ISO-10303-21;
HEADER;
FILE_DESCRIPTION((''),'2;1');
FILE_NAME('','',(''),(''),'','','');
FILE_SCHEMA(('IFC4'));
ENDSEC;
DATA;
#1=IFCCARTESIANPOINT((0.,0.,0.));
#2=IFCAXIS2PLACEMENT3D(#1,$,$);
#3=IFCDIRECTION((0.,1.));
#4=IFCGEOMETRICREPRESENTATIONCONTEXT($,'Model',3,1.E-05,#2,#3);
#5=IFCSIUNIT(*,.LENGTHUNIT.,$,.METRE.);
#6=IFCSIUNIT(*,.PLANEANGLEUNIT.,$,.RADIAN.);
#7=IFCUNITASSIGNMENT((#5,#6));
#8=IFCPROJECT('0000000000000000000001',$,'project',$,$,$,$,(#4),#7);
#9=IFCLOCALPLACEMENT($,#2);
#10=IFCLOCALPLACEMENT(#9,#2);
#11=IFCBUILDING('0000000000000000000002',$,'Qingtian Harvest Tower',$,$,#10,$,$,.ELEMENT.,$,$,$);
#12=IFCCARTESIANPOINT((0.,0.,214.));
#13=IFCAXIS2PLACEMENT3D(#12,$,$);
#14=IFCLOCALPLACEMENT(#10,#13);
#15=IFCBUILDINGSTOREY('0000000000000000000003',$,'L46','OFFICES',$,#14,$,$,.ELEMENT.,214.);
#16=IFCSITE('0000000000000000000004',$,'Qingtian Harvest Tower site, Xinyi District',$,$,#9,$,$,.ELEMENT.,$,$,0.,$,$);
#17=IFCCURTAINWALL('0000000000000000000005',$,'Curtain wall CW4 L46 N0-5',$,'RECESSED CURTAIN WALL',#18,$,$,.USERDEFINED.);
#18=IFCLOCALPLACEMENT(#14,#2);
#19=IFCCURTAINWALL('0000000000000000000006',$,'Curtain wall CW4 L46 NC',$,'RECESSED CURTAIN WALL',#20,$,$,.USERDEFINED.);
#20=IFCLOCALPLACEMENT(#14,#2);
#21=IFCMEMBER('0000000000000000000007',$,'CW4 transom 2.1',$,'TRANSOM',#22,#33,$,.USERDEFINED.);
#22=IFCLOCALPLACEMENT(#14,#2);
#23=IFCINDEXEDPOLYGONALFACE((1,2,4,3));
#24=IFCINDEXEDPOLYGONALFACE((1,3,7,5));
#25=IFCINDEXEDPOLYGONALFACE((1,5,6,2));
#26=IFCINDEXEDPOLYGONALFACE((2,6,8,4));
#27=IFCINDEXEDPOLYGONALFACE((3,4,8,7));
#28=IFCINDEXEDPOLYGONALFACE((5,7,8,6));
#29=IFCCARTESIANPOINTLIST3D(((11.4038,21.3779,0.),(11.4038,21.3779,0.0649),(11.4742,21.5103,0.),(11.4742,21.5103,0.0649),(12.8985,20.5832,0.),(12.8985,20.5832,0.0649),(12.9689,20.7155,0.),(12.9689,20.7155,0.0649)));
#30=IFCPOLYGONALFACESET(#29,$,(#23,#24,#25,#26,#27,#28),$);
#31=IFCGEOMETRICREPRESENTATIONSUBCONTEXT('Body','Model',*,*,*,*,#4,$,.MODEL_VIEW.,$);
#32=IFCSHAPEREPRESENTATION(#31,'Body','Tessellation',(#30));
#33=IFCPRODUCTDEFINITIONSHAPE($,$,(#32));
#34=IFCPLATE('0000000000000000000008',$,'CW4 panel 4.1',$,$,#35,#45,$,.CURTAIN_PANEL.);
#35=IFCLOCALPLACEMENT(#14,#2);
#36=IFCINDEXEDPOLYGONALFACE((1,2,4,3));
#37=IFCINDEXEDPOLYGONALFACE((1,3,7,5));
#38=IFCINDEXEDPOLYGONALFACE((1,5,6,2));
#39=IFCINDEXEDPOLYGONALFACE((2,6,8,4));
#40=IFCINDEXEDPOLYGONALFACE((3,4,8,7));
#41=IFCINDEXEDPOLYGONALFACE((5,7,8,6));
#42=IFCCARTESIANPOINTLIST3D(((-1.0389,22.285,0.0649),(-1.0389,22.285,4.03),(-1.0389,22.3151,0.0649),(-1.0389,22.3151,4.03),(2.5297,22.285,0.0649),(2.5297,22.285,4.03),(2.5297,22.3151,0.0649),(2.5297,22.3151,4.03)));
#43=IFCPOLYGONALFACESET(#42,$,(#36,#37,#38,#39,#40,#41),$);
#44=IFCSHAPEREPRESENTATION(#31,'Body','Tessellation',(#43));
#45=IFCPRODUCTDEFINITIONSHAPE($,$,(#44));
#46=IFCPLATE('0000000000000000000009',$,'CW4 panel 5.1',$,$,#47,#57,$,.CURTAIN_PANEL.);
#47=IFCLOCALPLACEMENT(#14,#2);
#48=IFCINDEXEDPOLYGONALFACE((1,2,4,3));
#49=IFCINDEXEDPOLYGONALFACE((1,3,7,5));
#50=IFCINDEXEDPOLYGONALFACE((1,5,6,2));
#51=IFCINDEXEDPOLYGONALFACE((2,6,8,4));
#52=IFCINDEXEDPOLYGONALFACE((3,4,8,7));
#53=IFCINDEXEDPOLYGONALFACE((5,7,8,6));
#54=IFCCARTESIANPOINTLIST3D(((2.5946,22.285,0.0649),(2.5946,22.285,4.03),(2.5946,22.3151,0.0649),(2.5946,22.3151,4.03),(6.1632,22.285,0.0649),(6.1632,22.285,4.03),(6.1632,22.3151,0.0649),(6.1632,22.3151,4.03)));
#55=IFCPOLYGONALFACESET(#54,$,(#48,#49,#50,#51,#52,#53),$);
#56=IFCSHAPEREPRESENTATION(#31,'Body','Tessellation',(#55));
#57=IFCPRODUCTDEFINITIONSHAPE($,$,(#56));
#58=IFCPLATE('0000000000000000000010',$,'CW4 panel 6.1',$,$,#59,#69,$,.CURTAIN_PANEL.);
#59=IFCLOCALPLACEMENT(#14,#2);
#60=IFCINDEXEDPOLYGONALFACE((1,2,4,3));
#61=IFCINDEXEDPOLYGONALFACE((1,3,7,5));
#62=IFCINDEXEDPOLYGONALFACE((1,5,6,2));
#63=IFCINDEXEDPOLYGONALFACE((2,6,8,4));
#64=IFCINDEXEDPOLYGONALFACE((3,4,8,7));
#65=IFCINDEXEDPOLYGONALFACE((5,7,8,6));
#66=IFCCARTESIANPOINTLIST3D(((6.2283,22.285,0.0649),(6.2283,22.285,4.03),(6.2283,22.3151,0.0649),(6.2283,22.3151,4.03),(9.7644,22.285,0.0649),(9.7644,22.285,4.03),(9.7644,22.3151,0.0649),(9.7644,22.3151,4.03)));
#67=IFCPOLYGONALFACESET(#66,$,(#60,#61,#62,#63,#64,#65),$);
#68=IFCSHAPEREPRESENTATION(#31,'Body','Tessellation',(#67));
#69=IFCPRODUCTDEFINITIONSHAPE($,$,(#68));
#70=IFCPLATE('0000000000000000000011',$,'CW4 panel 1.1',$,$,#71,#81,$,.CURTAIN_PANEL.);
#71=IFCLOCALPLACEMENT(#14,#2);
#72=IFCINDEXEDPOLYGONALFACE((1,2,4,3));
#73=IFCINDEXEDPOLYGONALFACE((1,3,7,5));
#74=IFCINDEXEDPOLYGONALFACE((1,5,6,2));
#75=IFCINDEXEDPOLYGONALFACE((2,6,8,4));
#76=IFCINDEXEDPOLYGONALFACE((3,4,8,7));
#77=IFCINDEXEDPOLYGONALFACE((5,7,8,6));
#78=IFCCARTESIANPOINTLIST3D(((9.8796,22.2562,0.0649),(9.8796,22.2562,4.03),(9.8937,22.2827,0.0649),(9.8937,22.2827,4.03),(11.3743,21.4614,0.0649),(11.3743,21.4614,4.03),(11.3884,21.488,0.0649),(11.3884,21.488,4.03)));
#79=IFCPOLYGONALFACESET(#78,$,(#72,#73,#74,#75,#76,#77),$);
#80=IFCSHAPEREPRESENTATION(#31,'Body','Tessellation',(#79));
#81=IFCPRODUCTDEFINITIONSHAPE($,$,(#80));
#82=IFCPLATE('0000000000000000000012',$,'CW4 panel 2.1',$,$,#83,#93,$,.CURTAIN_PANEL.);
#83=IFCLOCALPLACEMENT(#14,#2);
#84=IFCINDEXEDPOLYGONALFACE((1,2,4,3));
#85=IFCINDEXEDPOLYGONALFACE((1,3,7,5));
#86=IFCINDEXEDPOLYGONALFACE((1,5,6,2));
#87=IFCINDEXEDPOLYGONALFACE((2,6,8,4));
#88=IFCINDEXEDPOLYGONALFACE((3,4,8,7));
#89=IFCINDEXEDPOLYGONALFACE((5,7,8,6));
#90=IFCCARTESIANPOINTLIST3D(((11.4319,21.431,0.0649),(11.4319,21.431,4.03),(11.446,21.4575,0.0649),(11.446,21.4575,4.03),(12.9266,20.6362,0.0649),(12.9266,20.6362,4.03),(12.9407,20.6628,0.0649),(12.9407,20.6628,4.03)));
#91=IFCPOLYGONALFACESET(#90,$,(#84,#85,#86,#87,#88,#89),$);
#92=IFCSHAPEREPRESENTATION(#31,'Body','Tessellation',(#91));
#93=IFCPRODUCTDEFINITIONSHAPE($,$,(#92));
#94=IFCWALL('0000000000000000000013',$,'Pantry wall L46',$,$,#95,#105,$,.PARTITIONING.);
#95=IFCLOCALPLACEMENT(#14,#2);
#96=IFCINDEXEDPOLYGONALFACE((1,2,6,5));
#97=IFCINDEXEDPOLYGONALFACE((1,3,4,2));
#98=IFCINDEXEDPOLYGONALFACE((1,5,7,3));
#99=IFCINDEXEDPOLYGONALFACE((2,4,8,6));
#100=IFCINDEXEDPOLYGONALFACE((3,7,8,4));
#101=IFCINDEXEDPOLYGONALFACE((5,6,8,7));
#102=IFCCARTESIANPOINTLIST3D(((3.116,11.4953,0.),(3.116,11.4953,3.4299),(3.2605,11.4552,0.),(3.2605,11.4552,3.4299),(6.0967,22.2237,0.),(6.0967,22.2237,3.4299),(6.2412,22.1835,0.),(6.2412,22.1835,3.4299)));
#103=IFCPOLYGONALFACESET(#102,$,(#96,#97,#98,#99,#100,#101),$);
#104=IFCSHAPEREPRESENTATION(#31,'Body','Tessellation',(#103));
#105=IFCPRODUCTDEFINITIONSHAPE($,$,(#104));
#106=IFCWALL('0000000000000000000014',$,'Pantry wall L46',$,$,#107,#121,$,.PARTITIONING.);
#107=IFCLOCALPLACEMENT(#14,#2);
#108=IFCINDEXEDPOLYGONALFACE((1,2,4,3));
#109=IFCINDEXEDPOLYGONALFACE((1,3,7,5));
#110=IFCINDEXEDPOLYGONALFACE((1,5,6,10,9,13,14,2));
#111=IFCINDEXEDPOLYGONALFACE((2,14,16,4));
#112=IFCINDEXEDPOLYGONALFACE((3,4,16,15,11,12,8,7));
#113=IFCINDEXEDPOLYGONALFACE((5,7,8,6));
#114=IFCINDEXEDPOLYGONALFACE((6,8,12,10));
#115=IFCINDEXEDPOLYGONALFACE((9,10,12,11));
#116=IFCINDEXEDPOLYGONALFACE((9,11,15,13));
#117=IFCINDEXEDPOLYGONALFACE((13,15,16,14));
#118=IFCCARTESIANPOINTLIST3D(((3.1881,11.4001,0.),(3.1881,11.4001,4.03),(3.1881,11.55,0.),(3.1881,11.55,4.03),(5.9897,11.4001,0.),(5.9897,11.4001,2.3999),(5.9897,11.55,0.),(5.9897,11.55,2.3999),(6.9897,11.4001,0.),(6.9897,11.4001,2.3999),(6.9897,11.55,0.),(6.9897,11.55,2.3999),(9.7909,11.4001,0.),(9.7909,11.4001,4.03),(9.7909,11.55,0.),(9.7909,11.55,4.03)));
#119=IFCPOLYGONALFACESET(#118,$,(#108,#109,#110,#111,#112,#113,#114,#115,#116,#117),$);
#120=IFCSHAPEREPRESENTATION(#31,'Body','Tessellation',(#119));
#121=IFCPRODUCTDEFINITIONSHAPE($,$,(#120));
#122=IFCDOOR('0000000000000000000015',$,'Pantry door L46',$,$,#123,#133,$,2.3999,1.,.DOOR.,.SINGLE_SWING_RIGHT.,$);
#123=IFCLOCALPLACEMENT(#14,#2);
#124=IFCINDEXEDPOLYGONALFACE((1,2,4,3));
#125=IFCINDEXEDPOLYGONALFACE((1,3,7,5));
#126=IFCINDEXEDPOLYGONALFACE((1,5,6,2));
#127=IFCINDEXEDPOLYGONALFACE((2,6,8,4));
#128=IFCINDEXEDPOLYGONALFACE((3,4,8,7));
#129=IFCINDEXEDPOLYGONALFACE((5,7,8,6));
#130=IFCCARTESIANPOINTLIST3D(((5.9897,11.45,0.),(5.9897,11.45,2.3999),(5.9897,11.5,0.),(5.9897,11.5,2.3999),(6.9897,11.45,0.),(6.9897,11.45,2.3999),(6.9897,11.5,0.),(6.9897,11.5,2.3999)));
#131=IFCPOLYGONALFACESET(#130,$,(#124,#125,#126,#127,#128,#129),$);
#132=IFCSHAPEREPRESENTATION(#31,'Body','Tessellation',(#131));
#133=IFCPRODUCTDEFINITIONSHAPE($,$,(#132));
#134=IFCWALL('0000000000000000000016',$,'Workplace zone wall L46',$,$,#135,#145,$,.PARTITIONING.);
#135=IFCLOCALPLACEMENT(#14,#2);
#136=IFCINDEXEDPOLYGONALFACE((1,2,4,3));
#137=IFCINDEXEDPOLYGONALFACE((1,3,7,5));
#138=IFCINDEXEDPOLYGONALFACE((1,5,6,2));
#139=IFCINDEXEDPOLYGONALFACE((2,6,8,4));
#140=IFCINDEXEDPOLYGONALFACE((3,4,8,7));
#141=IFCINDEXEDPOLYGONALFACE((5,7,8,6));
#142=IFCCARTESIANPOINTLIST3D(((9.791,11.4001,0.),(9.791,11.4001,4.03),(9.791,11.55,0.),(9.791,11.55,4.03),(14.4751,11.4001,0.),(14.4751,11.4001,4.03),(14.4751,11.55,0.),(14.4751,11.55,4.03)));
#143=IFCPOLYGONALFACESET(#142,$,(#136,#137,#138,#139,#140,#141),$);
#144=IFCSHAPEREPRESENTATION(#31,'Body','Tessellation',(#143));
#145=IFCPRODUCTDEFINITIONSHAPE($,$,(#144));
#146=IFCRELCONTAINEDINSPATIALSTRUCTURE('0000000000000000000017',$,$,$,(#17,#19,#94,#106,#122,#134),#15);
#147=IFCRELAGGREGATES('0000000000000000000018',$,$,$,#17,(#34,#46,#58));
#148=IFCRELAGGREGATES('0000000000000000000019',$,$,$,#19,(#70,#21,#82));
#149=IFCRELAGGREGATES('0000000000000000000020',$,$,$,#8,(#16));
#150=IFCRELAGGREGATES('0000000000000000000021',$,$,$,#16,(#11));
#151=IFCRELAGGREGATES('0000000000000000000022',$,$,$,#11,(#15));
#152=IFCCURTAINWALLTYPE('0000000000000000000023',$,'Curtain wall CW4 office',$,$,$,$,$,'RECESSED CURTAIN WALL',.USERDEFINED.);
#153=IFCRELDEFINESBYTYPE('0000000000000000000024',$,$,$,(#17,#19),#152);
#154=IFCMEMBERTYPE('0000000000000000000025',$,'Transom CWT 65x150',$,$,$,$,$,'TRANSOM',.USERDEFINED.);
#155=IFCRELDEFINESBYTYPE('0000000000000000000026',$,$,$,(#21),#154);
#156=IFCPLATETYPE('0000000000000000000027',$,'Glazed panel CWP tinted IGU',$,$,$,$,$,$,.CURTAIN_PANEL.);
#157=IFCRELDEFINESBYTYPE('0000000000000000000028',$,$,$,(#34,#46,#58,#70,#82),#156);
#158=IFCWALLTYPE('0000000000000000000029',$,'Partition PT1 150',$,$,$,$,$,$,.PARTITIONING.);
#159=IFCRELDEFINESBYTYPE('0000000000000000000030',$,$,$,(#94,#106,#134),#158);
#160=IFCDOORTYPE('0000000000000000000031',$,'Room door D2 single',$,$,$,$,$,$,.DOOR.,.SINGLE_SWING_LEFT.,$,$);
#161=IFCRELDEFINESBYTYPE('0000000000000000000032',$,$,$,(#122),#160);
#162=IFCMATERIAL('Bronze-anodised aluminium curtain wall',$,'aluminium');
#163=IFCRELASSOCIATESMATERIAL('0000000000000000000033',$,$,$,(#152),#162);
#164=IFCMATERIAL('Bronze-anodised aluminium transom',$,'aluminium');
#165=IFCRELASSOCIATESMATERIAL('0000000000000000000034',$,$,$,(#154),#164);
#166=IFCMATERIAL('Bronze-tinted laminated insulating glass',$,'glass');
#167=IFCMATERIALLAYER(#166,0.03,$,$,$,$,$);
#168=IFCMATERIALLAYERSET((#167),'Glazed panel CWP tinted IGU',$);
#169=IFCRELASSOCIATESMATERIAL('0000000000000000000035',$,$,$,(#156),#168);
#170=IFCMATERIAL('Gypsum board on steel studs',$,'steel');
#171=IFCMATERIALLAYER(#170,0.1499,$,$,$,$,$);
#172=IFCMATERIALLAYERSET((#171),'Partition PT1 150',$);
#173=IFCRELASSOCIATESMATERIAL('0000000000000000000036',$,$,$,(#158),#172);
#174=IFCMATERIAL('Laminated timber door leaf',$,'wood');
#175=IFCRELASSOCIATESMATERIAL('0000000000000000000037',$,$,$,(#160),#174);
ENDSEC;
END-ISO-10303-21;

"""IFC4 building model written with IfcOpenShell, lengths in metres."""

from ifc_helpers import new_model, si_unit, direction, frame, frame_2d, origin, origin_2d, place, context, subcontext, project, spatial, rectangle, extrude, material, layer, layer_set, material_profile, profile_set, type_object, element, fill, aggregate, save


model = new_model("IFC4")

# Units and contexts
model_context = context("Model", 3, precision=1e-05, world=origin(), true_north=direction((0.0, 1.0)))
body_context = subcontext(model_context, "Body", "Model", "MODEL_VIEW")
ifc_project = project(units=[si_unit("LENGTHUNIT", "METRE"), si_unit("PLANEANGLEUNIT", "RADIAN")], contexts=[model_context])

# Site, building, storey
site_placement = place(None, origin())
site = spatial("IfcSite", under=ifc_project, at=site_placement, Name="Qingtian Harvest Tower site, Xinyi District", CompositionType="ELEMENT", RefElevation=0.0)
building_placement = place(site_placement, origin())
building = spatial("IfcBuilding", under=site, at=building_placement, Name="Qingtian Harvest Tower", CompositionType="ELEMENT")
storey_placement = place(building_placement, frame((0.0, 0.0, 214.0)))
storey = spatial("IfcBuildingStorey", under=building, at=storey_placement, Name="L46", Description="OFFICES", CompositionType="ELEMENT", Elevation=214.0)

# Curtain walls
ifc_material_1 = material(Name="Bronze-anodised aluminium curtain wall", Category="aluminium")
curtain_wall_type = type_object("IfcCurtainWallType", Name="Curtain wall CW4 office", ElementType="RECESSED CURTAIN WALL", PredefinedType="USERDEFINED", material=ifc_material_1)
curtain_wall_1_placement = place(storey_placement, origin())
curtain_wall_1 = element("IfcCurtainWall", 1, at=curtain_wall_1_placement, inside=storey, type_object=curtain_wall_type, Name="Curtain wall CW4 L46 N0-5", ObjectType="RECESSED CURTAIN WALL", PredefinedType="USERDEFINED")
curtain_wall_2_placement = place(storey_placement, origin())
curtain_wall_2 = element("IfcCurtainWall", 2, at=curtain_wall_2_placement, inside=storey, type_object=curtain_wall_type, Name="Curtain wall CW4 L46 NC", ObjectType="RECESSED CURTAIN WALL", PredefinedType="USERDEFINED")

# Member
ifc_material_2 = material(Name="Bronze-anodised aluminium transom", Category="aluminium")
ifc_material_profile_1 = material_profile(ifc_material_2, rectangle(XDim=0.1499, YDim=0.0649, at=origin_2d()), Name="AL 65x150")
ifc_profile_set_1 = profile_set([ifc_material_profile_1], Name="Bronze-anodised aluminium transom")
member_type_1 = type_object("IfcMemberType", Name="Transom CWT 65x150", ElementType="TRANSOM", PredefinedType="USERDEFINED", material=ifc_profile_set_1)
member_1_placement = place(storey_placement, frame((11.439, 21.4441, 0.0325), z_axis=(0.882955, -0.469457, 0.0), x_axis=(0.469457, 0.882955, 0.0)))
member_1 = element("IfcMember", 3, at=member_1_placement, type_object=member_type_1, Name="CW4 transom 2.1", ObjectType="TRANSOM", PredefinedType="USERDEFINED", context=body_context, shape_type="SweptSolid", body=[
    extrude(rectangle(XDim=0.1499, YDim=0.0649, at=origin_2d()), origin(), (0.0, 0.0, 1.0), 1.6929),
])

# Plates
ifc_material_3 = material(Name="Bronze-tinted laminated insulating glass", Category="glass")
ifc_layer_1 = layer(ifc_material_3, 0.03)
ifc_layer_set_1 = layer_set([ifc_layer_1], Name="Glazed panel CWP tinted IGU")
plate_type = type_object("IfcPlateType", Name="Glazed panel CWP tinted IGU", PredefinedType="CURTAIN_PANEL", material=ifc_layer_set_1)
plate_1_placement = place(storey_placement, frame((0.7454, 22.3, 0.0649), z_axis=(0.0, 0.0, 1.0), x_axis=(1.0, 0.0, 0.0)))
plate_1 = element("IfcPlate", 4, at=plate_1_placement, type_object=plate_type, Name="CW4 panel 4.1", PredefinedType="CURTAIN_PANEL", context=body_context, shape_type="SweptSolid", body=[
    extrude(rectangle(XDim=3.5686, YDim=0.03, at=origin_2d()), origin(), (0.0, 0.0, 1.0), 3.9651),
])
plate_2_placement = place(storey_placement, frame((4.3789, 22.3, 0.0649), z_axis=(0.0, 0.0, 1.0), x_axis=(1.0, 0.0, 0.0)))
plate_2 = element("IfcPlate", 5, at=plate_2_placement, type_object=plate_type, Name="CW4 panel 5.1", PredefinedType="CURTAIN_PANEL", context=body_context, shape_type="SweptSolid", body=[
    extrude(rectangle(XDim=3.5686, YDim=0.03, at=origin_2d()), origin(), (0.0, 0.0, 1.0), 3.9651),
])
plate_3_placement = place(storey_placement, frame((7.9963, 22.3, 0.0649), z_axis=(0.0, 0.0, 1.0), x_axis=(1.0, 0.0, 0.0)))
plate_3 = element("IfcPlate", 6, at=plate_3_placement, type_object=plate_type, Name="CW4 panel 6.1", PredefinedType="CURTAIN_PANEL", context=body_context, shape_type="SweptSolid", body=[
    extrude(rectangle(XDim=3.5361, YDim=0.03, at=origin_2d()), origin(), (0.0, 0.0, 1.0), 3.9651),
])
aggregate(curtain_wall_1, [plate_1, plate_2, plate_3])
plate_4_placement = place(storey_placement, frame((10.634, 21.8721, 0.0649), z_axis=(0.0, 0.0, 1.0), x_axis=(0.882948, -0.469472, 0.0)))
plate_4 = element("IfcPlate", 7, at=plate_4_placement, type_object=plate_type, Name="CW4 panel 1.1", PredefinedType="CURTAIN_PANEL", context=body_context, shape_type="SweptSolid", body=[
    extrude(rectangle(XDim=1.6929, YDim=0.03, at=origin_2d()), origin(), (0.0, 0.0, 1.0), 3.9651),
])
plate_5_placement = place(storey_placement, frame((12.1863, 21.0469, 0.0649), z_axis=(0.0, 0.0, 1.0), x_axis=(0.882948, -0.469472, 0.0)))
plate_5 = element("IfcPlate", 8, at=plate_5_placement, type_object=plate_type, Name="CW4 panel 2.1", PredefinedType="CURTAIN_PANEL", context=body_context, shape_type="SweptSolid", body=[
    extrude(rectangle(XDim=1.6929, YDim=0.03, at=origin_2d()), origin(), (0.0, 0.0, 1.0), 3.9651),
])
aggregate(curtain_wall_2, [plate_4, member_1, plate_5])

# Wall
ifc_material_4 = material(Name="Gypsum board on steel studs", Category="steel")
ifc_layer_2 = layer(ifc_material_4, 0.1499)
ifc_layer_set_2 = layer_set([ifc_layer_2], Name="Partition PT1 150")
wall_type = type_object("IfcWallType", Name="Partition PT1 150", PredefinedType="PARTITIONING", material=ifc_layer_set_2)
wall_1_placement = place(storey_placement, frame((6.1689, 22.2036, 0.0), z_axis=(0.0, 0.0, 1.0), x_axis=(-0.267691, -0.963505, 0.0)))
element("IfcWall", 9, at=wall_1_placement, inside=storey, type_object=wall_type, Name="Pantry wall L46", PredefinedType="PARTITIONING", context=body_context, shape_type="SweptSolid", body=[
    extrude(rectangle(XDim=11.1348, YDim=0.1499, at=frame_2d((5.5674, 0.0))), origin(), (0.0, 0.0, 1.0), 3.4299),
])

# Wall, opening, door
wall_2_placement = place(storey_placement, frame((3.1882, 11.4751, 0.0), z_axis=(0.0, 0.0, 1.0), x_axis=(1.0, 0.0, 0.0)))
wall_2 = element("IfcWall", 10, at=wall_2_placement, inside=storey, type_object=wall_type, Name="Pantry wall L46", PredefinedType="PARTITIONING", context=body_context, shape_type="SweptSolid", body=[
    extrude(rectangle(XDim=6.6028, YDim=0.1499, at=frame_2d((3.3013, 0.0))), origin(), (0.0, 0.0, 1.0), 4.03),
])
opening_placement = place(wall_2_placement, frame((2.8015, 0.0, 0.0)))
opening = element("IfcOpeningElement", 11, at=opening_placement, cuts=wall_2, PredefinedType="OPENING", context=body_context, shape_type="SweptSolid", body=[
    extrude(rectangle(XDim=1.0, YDim=2.3999, at=frame_2d((0.5, 1.2))), frame((0.0, 0.085, 0.0), z_axis=(0.0, -1.0, 0.0), x_axis=(1.0, 0.0, 0.0)), (0.0, 0.0, 1.0), 0.1699),
])
ifc_material_5 = material(Name="Laminated timber door leaf", Category="wood")
door_type = type_object("IfcDoorType", Name="Room door D2 single", OperationType="SINGLE_SWING_LEFT", PredefinedType="DOOR", material=ifc_material_5)
door_placement = place(opening_placement, origin())
door = element("IfcDoor", 12, at=door_placement, inside=storey, type_object=door_type, Name="Pantry door L46", OperationType="SINGLE_SWING_RIGHT", OverallHeight=2.3999, OverallWidth=1.0, PredefinedType="DOOR", context=body_context, shape_type="SweptSolid", body=[
    extrude(rectangle(XDim=1.0, YDim=2.3999, at=frame_2d((0.5, 1.2))), frame((0.0, 0.0249, 0.0), z_axis=(0.0, -1.0, 0.0), x_axis=(1.0, 0.0, 0.0)), (0.0, 0.0, 1.0), 0.05),
])
fill(opening, door)

# Wall
wall_3_placement = place(storey_placement, frame((9.791, 11.4751, 0.0), z_axis=(0.0, 0.0, 1.0), x_axis=(1.0, 0.0, 0.0)))
element("IfcWall", 13, at=wall_3_placement, inside=storey, type_object=wall_type, Name="Workplace zone wall L46", PredefinedType="PARTITIONING", context=body_context, shape_type="SweptSolid", body=[
    extrude(rectangle(XDim=4.6841, YDim=0.1499, at=frame_2d((2.342, 0.0))), origin(), (0.0, 0.0, 1.0), 4.03),
])

save(model, "model.ifc")
